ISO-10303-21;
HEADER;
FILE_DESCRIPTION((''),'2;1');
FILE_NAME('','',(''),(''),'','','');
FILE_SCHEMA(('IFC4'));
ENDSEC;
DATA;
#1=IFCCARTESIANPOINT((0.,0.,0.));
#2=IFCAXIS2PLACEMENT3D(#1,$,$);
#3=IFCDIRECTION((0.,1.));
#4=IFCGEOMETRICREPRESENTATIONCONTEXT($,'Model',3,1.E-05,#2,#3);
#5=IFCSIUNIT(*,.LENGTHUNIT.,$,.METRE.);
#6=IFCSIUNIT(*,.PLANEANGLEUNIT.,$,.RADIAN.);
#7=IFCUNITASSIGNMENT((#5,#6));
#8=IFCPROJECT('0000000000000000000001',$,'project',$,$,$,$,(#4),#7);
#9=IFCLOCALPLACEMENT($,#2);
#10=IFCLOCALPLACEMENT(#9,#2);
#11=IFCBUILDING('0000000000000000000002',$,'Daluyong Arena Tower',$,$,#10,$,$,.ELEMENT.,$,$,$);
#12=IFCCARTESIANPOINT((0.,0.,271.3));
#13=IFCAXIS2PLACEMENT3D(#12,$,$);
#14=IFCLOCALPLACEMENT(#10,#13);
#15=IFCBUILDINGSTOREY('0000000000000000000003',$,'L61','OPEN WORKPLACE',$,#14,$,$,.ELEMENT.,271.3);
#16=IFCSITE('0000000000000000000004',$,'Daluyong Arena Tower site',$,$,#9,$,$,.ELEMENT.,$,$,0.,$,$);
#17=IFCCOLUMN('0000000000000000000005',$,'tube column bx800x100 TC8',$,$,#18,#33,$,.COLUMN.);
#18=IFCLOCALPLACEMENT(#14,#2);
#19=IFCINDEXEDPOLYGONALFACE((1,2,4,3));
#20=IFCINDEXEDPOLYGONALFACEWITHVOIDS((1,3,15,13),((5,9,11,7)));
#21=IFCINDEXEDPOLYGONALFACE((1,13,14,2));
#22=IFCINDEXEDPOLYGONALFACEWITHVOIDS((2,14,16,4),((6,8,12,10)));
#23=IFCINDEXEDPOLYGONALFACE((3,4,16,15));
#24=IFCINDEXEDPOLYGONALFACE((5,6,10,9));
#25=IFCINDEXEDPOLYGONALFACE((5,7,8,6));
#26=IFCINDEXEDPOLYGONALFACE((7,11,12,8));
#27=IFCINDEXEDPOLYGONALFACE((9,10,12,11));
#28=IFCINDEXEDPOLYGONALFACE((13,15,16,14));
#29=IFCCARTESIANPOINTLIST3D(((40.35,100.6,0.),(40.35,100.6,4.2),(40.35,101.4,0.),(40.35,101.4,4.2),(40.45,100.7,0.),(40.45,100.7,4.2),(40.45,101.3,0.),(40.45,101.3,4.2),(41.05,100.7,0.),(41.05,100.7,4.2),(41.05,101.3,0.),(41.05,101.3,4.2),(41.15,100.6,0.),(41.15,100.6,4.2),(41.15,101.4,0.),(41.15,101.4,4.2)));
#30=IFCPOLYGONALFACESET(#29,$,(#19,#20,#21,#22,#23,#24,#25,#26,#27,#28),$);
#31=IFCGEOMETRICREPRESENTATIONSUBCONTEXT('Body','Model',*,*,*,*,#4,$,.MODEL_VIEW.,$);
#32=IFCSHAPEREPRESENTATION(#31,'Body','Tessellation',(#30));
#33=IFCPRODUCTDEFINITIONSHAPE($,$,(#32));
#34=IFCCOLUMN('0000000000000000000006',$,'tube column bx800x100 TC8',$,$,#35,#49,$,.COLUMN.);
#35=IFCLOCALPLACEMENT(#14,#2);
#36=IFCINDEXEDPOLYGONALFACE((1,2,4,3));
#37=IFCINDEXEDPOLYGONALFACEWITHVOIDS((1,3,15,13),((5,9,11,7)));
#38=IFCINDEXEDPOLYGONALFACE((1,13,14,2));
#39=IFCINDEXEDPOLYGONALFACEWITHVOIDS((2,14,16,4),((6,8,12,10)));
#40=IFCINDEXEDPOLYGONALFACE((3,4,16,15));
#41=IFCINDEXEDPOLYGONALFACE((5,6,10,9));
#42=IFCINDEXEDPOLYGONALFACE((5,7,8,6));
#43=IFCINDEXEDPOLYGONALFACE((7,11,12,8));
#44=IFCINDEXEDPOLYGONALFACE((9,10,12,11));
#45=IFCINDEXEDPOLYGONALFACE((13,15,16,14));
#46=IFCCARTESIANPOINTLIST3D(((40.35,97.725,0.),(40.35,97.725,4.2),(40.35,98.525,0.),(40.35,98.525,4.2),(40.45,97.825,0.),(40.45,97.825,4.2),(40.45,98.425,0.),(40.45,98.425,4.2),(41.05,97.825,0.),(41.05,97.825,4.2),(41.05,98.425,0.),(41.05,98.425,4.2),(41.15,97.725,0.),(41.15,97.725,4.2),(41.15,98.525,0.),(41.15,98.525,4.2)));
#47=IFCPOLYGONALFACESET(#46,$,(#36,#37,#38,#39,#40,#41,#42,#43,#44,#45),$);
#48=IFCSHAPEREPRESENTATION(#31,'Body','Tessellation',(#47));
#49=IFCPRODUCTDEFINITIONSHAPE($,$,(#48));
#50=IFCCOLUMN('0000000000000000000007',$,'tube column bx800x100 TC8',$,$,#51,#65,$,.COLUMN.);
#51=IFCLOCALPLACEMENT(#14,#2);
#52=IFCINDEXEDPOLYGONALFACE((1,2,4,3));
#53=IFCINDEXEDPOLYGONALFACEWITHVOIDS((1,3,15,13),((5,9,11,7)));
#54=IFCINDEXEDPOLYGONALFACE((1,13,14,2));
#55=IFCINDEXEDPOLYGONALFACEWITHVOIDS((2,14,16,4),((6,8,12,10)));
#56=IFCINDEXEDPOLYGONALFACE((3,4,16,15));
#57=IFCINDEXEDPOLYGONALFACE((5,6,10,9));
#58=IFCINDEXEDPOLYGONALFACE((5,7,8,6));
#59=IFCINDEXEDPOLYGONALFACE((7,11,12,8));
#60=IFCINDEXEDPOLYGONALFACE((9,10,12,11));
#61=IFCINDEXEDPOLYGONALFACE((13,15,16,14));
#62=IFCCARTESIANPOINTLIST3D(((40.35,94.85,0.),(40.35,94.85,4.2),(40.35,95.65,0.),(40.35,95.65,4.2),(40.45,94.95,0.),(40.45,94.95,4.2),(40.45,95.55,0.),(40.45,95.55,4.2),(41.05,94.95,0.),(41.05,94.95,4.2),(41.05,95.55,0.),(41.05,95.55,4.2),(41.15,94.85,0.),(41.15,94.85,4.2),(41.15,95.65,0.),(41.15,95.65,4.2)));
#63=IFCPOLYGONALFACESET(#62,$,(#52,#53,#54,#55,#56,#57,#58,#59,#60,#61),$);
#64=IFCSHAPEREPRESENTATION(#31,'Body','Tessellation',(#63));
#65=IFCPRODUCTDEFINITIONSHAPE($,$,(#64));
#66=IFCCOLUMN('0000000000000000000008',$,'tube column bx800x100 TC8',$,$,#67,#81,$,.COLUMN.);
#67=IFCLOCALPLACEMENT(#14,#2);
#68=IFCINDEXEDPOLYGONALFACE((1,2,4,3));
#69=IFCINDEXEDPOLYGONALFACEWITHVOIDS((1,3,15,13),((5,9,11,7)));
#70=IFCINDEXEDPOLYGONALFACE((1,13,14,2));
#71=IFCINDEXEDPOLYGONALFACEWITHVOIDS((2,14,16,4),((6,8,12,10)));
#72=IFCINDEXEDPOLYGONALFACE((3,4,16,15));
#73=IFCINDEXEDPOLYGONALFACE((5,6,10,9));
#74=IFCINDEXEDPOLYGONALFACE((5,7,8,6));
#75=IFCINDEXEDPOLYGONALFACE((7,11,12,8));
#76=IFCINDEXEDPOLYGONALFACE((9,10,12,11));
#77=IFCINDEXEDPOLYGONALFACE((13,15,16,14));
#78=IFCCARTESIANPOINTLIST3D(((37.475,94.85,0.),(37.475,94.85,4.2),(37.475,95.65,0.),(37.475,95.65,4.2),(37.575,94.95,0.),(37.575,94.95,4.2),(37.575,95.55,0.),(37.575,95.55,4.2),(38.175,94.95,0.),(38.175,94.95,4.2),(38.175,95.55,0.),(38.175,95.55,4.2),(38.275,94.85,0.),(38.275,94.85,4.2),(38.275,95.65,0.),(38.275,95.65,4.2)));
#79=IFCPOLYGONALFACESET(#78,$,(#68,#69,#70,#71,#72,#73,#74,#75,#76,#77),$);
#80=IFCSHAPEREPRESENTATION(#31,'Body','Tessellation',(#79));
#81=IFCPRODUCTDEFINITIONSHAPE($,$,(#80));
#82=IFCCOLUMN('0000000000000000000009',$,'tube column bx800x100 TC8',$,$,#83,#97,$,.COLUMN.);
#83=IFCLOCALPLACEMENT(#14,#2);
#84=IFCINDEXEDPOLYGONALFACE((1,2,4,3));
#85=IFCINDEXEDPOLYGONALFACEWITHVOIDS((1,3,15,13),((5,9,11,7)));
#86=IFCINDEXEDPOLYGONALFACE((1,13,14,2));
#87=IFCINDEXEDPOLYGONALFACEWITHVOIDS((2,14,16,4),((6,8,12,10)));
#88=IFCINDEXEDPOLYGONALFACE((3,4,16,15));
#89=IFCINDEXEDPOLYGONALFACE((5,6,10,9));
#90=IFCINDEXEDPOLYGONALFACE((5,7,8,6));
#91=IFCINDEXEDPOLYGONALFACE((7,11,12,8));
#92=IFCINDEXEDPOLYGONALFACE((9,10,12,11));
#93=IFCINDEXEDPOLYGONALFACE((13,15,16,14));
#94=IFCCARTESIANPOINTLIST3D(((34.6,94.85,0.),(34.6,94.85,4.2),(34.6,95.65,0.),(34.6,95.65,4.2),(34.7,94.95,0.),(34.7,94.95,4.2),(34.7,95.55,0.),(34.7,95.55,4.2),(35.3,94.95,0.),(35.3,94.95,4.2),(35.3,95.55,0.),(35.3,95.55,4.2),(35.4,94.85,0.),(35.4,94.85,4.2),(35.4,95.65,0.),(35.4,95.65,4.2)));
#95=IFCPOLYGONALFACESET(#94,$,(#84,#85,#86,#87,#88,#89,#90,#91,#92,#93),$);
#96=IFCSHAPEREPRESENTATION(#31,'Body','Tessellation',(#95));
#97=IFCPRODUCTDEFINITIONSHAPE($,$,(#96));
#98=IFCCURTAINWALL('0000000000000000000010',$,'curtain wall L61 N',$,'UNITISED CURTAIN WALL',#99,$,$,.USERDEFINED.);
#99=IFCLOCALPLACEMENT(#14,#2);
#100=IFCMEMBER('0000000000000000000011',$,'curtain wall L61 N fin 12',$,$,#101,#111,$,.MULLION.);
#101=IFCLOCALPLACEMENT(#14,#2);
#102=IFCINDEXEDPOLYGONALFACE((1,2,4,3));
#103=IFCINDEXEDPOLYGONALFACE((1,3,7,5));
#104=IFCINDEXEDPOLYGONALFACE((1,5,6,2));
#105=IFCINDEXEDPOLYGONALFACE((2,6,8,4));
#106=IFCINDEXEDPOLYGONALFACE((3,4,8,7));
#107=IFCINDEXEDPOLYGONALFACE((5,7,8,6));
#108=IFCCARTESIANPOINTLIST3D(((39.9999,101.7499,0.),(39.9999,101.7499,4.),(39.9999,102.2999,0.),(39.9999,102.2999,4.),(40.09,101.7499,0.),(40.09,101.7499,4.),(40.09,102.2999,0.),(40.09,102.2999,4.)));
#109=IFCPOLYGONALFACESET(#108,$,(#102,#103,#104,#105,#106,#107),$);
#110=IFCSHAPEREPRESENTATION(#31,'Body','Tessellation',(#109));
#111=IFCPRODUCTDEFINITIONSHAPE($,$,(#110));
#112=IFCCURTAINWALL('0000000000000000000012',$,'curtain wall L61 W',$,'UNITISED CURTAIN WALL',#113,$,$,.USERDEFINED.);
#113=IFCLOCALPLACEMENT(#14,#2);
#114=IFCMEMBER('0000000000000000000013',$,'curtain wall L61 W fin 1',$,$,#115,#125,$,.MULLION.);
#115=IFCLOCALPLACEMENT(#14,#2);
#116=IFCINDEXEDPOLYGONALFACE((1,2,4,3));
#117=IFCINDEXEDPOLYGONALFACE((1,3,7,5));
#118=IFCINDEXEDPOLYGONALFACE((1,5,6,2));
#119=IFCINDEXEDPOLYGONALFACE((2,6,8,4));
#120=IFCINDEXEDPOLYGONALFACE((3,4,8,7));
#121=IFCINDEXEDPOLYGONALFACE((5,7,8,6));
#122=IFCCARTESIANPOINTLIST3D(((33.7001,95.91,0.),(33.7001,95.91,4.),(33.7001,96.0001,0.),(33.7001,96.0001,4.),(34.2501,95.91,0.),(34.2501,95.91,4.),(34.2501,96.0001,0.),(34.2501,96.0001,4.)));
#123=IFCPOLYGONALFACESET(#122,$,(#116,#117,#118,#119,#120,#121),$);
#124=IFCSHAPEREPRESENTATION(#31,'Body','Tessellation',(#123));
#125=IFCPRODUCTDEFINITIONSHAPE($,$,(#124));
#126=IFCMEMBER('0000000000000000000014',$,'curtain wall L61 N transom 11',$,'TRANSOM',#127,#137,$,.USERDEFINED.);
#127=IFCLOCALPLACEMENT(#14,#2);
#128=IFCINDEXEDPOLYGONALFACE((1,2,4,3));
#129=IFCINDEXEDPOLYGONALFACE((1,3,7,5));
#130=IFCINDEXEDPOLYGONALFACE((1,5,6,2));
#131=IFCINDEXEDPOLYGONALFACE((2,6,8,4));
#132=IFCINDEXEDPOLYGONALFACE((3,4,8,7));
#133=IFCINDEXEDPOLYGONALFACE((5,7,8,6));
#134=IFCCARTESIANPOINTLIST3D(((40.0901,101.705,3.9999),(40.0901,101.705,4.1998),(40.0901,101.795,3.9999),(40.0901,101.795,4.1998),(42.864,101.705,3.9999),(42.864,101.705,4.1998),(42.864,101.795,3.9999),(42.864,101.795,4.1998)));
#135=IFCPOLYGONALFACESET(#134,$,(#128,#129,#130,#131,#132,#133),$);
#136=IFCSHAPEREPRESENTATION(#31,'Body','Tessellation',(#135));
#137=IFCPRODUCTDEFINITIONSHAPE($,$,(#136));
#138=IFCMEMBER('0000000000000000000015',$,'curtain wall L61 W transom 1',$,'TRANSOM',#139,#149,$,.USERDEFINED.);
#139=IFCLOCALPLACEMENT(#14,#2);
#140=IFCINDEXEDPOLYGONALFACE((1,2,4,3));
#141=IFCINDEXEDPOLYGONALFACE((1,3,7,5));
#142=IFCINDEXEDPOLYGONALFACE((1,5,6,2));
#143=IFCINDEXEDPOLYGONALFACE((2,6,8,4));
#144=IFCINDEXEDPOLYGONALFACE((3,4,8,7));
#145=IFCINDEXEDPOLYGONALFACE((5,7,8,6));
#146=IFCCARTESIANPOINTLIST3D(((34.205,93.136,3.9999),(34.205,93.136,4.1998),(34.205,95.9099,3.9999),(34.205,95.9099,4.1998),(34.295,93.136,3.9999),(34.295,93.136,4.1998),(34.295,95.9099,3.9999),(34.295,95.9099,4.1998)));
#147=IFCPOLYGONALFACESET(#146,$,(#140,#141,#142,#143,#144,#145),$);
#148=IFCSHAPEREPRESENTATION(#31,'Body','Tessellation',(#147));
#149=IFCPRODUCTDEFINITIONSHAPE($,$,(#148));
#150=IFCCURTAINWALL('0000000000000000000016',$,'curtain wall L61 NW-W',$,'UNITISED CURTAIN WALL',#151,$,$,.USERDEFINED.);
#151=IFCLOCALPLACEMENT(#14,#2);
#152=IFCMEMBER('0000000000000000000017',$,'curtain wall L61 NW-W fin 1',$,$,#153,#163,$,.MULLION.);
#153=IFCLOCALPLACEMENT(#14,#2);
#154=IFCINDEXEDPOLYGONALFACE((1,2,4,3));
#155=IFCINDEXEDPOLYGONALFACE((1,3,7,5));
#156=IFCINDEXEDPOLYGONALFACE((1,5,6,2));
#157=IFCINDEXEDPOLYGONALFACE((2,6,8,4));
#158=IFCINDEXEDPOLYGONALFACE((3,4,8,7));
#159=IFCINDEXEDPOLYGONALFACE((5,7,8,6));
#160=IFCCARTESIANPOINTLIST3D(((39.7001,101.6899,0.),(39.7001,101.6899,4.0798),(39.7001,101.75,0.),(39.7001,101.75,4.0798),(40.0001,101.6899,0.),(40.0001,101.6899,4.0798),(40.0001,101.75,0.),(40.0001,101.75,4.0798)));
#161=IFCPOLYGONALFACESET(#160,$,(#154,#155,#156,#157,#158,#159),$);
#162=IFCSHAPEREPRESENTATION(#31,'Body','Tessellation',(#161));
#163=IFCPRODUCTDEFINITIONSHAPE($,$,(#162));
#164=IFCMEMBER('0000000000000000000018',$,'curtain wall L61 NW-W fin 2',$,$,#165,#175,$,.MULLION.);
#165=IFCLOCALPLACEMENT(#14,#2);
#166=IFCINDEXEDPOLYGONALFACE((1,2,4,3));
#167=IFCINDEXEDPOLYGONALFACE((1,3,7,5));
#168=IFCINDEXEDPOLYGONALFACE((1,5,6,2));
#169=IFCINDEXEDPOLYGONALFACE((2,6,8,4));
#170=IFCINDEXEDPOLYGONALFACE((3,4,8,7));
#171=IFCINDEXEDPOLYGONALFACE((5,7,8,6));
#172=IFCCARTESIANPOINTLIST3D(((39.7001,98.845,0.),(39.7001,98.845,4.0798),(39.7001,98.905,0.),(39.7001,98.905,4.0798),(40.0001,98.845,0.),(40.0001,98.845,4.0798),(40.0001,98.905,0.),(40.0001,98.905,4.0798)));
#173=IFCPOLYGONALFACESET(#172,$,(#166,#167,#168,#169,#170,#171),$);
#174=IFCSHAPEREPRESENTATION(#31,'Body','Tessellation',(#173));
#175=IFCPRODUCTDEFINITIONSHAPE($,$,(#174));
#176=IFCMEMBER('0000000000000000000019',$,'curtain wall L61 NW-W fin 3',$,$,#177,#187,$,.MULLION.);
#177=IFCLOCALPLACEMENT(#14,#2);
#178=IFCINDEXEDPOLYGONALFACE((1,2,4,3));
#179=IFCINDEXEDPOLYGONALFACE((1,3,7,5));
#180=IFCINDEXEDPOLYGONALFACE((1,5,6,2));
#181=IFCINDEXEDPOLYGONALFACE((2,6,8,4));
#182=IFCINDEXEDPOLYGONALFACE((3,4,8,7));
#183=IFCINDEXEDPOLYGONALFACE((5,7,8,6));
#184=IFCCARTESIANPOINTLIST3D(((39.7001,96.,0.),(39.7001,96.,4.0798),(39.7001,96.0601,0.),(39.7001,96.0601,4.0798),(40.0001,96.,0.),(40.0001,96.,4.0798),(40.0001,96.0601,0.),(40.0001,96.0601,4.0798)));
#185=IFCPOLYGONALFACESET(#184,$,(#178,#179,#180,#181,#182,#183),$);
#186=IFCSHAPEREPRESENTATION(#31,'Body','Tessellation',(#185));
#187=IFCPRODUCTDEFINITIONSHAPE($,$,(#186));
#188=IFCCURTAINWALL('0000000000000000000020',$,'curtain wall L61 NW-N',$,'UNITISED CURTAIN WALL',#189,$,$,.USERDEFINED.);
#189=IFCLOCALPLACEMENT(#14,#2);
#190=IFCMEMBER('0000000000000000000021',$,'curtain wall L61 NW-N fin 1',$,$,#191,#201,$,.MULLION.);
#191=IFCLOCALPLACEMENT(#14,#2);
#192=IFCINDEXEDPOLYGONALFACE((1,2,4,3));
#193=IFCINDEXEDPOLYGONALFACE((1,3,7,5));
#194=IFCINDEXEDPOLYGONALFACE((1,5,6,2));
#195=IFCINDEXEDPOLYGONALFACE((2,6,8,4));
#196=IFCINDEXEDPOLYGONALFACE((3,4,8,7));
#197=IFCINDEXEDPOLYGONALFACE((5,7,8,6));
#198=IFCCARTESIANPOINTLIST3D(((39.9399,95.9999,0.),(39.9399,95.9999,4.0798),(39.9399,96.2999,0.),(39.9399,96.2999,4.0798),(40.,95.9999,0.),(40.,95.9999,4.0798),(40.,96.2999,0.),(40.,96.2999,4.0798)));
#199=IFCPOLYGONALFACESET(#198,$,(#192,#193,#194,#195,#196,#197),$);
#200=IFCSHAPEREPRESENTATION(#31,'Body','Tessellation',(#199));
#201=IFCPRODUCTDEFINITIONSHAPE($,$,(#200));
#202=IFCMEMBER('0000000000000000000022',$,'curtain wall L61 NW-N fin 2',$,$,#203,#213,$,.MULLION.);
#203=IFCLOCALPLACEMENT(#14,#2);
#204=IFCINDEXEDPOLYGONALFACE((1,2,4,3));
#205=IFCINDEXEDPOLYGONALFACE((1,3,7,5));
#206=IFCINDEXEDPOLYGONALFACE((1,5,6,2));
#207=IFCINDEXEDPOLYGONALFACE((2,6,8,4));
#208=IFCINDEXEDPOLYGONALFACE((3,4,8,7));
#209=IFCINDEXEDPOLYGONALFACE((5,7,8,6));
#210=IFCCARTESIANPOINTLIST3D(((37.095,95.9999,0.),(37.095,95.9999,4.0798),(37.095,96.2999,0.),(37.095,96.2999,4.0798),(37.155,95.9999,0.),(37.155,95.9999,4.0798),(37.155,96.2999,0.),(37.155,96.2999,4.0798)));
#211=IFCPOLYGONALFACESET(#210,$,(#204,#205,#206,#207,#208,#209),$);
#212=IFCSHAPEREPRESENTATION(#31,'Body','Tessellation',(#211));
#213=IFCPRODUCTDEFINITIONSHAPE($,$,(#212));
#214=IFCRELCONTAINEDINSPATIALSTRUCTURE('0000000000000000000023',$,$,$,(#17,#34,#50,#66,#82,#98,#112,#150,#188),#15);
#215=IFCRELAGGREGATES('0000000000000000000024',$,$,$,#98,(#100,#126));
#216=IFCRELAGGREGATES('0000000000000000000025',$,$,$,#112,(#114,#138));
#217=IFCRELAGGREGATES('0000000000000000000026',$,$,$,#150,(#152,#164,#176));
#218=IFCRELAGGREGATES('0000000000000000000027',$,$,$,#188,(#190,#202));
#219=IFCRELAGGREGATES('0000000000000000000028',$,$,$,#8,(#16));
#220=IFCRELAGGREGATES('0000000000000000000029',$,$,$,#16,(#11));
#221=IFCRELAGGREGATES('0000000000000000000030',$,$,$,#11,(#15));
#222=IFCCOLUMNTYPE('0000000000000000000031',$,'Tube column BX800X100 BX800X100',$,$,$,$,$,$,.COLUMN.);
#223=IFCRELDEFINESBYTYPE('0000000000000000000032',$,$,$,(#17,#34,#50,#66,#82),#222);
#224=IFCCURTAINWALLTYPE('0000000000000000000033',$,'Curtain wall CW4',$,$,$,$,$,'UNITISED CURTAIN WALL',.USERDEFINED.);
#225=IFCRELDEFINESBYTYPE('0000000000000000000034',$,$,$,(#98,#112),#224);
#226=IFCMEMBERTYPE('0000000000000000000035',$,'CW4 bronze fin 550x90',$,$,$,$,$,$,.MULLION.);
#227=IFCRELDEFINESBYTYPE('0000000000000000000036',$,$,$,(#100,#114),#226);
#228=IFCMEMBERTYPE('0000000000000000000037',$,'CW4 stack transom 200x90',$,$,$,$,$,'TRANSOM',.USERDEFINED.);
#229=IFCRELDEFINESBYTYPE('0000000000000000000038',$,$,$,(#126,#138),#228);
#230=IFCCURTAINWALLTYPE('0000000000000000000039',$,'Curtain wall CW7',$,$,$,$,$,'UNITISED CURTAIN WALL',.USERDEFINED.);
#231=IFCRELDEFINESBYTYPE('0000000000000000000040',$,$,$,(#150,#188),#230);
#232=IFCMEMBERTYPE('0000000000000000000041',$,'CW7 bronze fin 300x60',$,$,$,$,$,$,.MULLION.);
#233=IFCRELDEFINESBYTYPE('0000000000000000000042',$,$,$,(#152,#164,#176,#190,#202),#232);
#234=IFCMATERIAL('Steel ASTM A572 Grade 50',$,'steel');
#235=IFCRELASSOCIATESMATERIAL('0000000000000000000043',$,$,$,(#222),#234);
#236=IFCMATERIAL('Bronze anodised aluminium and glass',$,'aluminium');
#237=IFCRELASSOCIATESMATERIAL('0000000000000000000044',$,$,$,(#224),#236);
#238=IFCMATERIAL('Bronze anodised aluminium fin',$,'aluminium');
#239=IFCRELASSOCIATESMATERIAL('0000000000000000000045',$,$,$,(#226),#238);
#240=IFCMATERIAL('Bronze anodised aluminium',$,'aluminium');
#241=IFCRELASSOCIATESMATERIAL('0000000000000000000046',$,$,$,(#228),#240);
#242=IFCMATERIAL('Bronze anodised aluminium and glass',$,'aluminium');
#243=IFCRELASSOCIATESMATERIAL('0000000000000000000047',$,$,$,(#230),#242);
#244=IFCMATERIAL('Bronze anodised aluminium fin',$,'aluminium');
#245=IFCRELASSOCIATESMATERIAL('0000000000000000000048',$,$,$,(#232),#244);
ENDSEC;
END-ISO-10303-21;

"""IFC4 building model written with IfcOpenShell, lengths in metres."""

from ifc_helpers import new_model, si_unit, direction, frame, origin, origin_2d, place, context, subcontext, project, spatial, rectangle, hollow_rectangle, extrude, material, material_profile, profile_set, type_object, element, aggregate, save


model = new_model("IFC4")

# Units and contexts
model_context = context("Model", 3, precision=1e-05, world=origin(), true_north=direction((0.0, 1.0)))
body_context = subcontext(model_context, "Body", "Model", "MODEL_VIEW")
ifc_project = project(units=[si_unit("LENGTHUNIT", "METRE"), si_unit("PLANEANGLEUNIT", "RADIAN")], contexts=[model_context])

# Site, building, storey
site_placement = place(None, origin())
site = spatial("IfcSite", under=ifc_project, at=site_placement, Name="Daluyong Arena Tower site", CompositionType="ELEMENT", RefElevation=0.0)
building_placement = place(site_placement, origin())
building = spatial("IfcBuilding", under=site, at=building_placement, Name="Daluyong Arena Tower", CompositionType="ELEMENT")
storey_placement = place(building_placement, frame((0.0, 0.0, 271.3)))
storey = spatial("IfcBuildingStorey", under=building, at=storey_placement, Name="L61", Description="OPEN WORKPLACE", CompositionType="ELEMENT", Elevation=271.3)

# Columns
ifc_material_1 = material(Name="Steel ASTM A572 Grade 50", Category="steel")
ifc_material_profile_1 = material_profile(ifc_material_1, hollow_rectangle(XDim=0.8, YDim=0.8, WallThickness=0.1, at=origin_2d()))
ifc_profile_set_1 = profile_set([ifc_material_profile_1], Name="Steel ASTM A572 Grade 50")
column_type = type_object("IfcColumnType", Name="Tube column BX800X100 BX800X100", PredefinedType="COLUMN", material=ifc_profile_set_1)
for number, where, z_axis, x_axis, name in (
    (1, (40.75, 101.0, 0.0), (0.0, 0.0, 1.0), (0.0, 1.0, 0.0), "tube column bx800x100 TC8"),
    (2, (40.75, 98.125, 0.0), (0.0, 0.0, 1.0), (0.0, 1.0, 0.0), "tube column bx800x100 TC8"),
    (3, (40.75, 95.25, 0.0), (0.0, 0.0, 1.0), (1.0, 0.0, 0.0), "tube column bx800x100 TC8"),
    (4, (37.875, 95.25, 0.0), (0.0, 0.0, 1.0), (1.0, 0.0, 0.0), "tube column bx800x100 TC8"),
    (5, (35.0, 95.25, 0.0), (0.0, 0.0, 1.0), (0.0, 1.0, 0.0), "tube column bx800x100 TC8"),
):
    element("IfcColumn", number, at=place(storey_placement, frame(where, z_axis=z_axis, x_axis=x_axis)), inside=storey, type_object=column_type, Name=name, PredefinedType="COLUMN", context=body_context, shape_type="SweptSolid", body=[
        extrude(hollow_rectangle(XDim=0.8, YDim=0.8, WallThickness=0.1, at=origin_2d()), origin(), (0.0, 0.0, 1.0), 4.2),
    ])

# Curtain walls, members
ifc_material_2 = material(Name="Bronze anodised aluminium and glass", Category="aluminium")
curtain_wall_type_1 = type_object("IfcCurtainWallType", Name="Curtain wall CW4", ElementType="UNITISED CURTAIN WALL", PredefinedType="USERDEFINED", material=ifc_material_2)
curtain_wall_1_placement = place(storey_placement, origin())
curtain_wall_1 = element("IfcCurtainWall", 6, at=curtain_wall_1_placement, inside=storey, type_object=curtain_wall_type_1, Name="curtain wall L61 N", ObjectType="UNITISED CURTAIN WALL", PredefinedType="USERDEFINED")
ifc_material_3 = material(Name="Bronze anodised aluminium fin", Category="aluminium")
ifc_material_profile_2 = material_profile(ifc_material_3, rectangle(XDim=0.55, YDim=0.0901, at=origin_2d()))
ifc_profile_set_2 = profile_set([ifc_material_profile_2], Name="Bronze anodised aluminium fin")
member_type_1 = type_object("IfcMemberType", Name="CW4 bronze fin 550x90", PredefinedType="MULLION", material=ifc_profile_set_2)
member_1_placement = place(storey_placement, frame((40.0449, 102.0249, 0.0), z_axis=(0.0, 0.0, 1.0), x_axis=(0.0, -1.0, 0.0)))
member_1 = element("IfcMember", 7, at=member_1_placement, type_object=member_type_1, Name="curtain wall L61 N fin 12", PredefinedType="MULLION", context=body_context, shape_type="SweptSolid", body=[
    extrude(rectangle(XDim=0.55, YDim=0.0901, at=origin_2d()), origin(), (0.0, 0.0, 1.0), 4.0),
])
curtain_wall_2_placement = place(storey_placement, origin())
curtain_wall_2 = element("IfcCurtainWall", 8, at=curtain_wall_2_placement, inside=storey, type_object=curtain_wall_type_1, Name="curtain wall L61 W", ObjectType="UNITISED CURTAIN WALL", PredefinedType="USERDEFINED")
member_2_placement = place(storey_placement, frame((33.9751, 95.9551, 0.0), z_axis=(0.0, 0.0, 1.0), x_axis=(1.0, 0.0, 0.0)))
member_2 = element("IfcMember", 9, at=member_2_placement, type_object=member_type_1, Name="curtain wall L61 W fin 1", PredefinedType="MULLION", context=body_context, shape_type="SweptSolid", body=[
    extrude(rectangle(XDim=0.55, YDim=0.0901, at=origin_2d()), origin(), (0.0, 0.0, 1.0), 4.0),
])

# Members
ifc_material_4 = material(Name="Bronze anodised aluminium", Category="aluminium")
ifc_material_profile_3 = material_profile(ifc_material_4, rectangle(XDim=0.0901, YDim=0.2, at=origin_2d()))
ifc_profile_set_3 = profile_set([ifc_material_profile_3], Name="Bronze anodised aluminium")
member_type_2 = type_object("IfcMemberType", Name="CW4 stack transom 200x90", ElementType="TRANSOM", PredefinedType="USERDEFINED", material=ifc_profile_set_3)
member_3_placement = place(storey_placement, frame((42.864, 101.75, 4.0999), z_axis=(-1.0, 0.0, 0.0), x_axis=(0.0, -1.0, 0.0)))
member_3 = element("IfcMember", 10, at=member_3_placement, type_object=member_type_2, Name="curtain wall L61 N transom 11", ObjectType="TRANSOM", PredefinedType="USERDEFINED", context=body_context, shape_type="SweptSolid", body=[
    extrude(rectangle(XDim=0.0901, YDim=0.2, at=origin_2d()), origin(), (0.0, 0.0, 1.0), 2.7739),
])
member_4_placement = place(storey_placement, frame((34.25, 95.9099, 4.0999), z_axis=(0.0, -1.0, 0.0), x_axis=(1.0, 0.0, 0.0)))
member_4 = element("IfcMember", 11, at=member_4_placement, type_object=member_type_2, Name="curtain wall L61 W transom 1", ObjectType="TRANSOM", PredefinedType="USERDEFINED", context=body_context, shape_type="SweptSolid", body=[
    extrude(rectangle(XDim=0.0901, YDim=0.2, at=origin_2d()), origin(), (0.0, 0.0, 1.0), 2.7739),
])

# Curtain walls, members
ifc_material_5 = material(Name="Bronze anodised aluminium and glass", Category="aluminium")
curtain_wall_type_2 = type_object("IfcCurtainWallType", Name="Curtain wall CW7", ElementType="UNITISED CURTAIN WALL", PredefinedType="USERDEFINED", material=ifc_material_5)
curtain_wall_3_placement = place(storey_placement, origin())
curtain_wall_3 = element("IfcCurtainWall", 12, at=curtain_wall_3_placement, inside=storey, type_object=curtain_wall_type_2, Name="curtain wall L61 NW-W", ObjectType="UNITISED CURTAIN WALL", PredefinedType="USERDEFINED")
ifc_material_6 = material(Name="Bronze anodised aluminium fin", Category="aluminium")
ifc_material_profile_4 = material_profile(ifc_material_6, rectangle(XDim=0.3, YDim=0.0601, at=origin_2d()))
ifc_profile_set_4 = profile_set([ifc_material_profile_4], Name="Bronze anodised aluminium fin")
member_type_3 = type_object("IfcMemberType", Name="CW7 bronze fin 300x60", PredefinedType="MULLION", material=ifc_profile_set_4)
member_5_placement = place(storey_placement, frame((39.8501, 101.72, 0.0), z_axis=(0.0, 0.0, 1.0), x_axis=(1.0, 0.0, 0.0)))
member_5 = element("IfcMember", 13, at=member_5_placement, type_object=member_type_3, Name="curtain wall L61 NW-W fin 1", PredefinedType="MULLION", context=body_context, shape_type="SweptSolid", body=[
    extrude(rectangle(XDim=0.3, YDim=0.0601, at=origin_2d()), origin(), (0.0, 0.0, 1.0), 4.0798),
])
member_6_placement = place(storey_placement, frame((39.8501, 98.875, 0.0), z_axis=(0.0, 0.0, 1.0), x_axis=(1.0, 0.0, 0.0)))
member_6 = element("IfcMember", 14, at=member_6_placement, type_object=member_type_3, Name="curtain wall L61 NW-W fin 2", PredefinedType="MULLION", context=body_context, shape_type="SweptSolid", body=[
    extrude(rectangle(XDim=0.3, YDim=0.0601, at=origin_2d()), origin(), (0.0, 0.0, 1.0), 4.0798),
])
member_7_placement = place(storey_placement, frame((39.8501, 96.03, 0.0), z_axis=(0.0, 0.0, 1.0), x_axis=(1.0, 0.0, 0.0)))
member_7 = element("IfcMember", 15, at=member_7_placement, type_object=member_type_3, Name="curtain wall L61 NW-W fin 3", PredefinedType="MULLION", context=body_context, shape_type="SweptSolid", body=[
    extrude(rectangle(XDim=0.3, YDim=0.0601, at=origin_2d()), origin(), (0.0, 0.0, 1.0), 4.0798),
])
curtain_wall_4_placement = place(storey_placement, origin())
curtain_wall_4 = element("IfcCurtainWall", 16, at=curtain_wall_4_placement, inside=storey, type_object=curtain_wall_type_2, Name="curtain wall L61 NW-N", ObjectType="UNITISED CURTAIN WALL", PredefinedType="USERDEFINED")
member_8_placement = place(storey_placement, frame((39.97, 96.1499, 0.0), z_axis=(0.0, 0.0, 1.0), x_axis=(0.0, -1.0, 0.0)))
member_8 = element("IfcMember", 17, at=member_8_placement, type_object=member_type_3, Name="curtain wall L61 NW-N fin 1", PredefinedType="MULLION", context=body_context, shape_type="SweptSolid", body=[
    extrude(rectangle(XDim=0.3, YDim=0.0601, at=origin_2d()), origin(), (0.0, 0.0, 1.0), 4.0798),
])
member_9_placement = place(storey_placement, frame((37.125, 96.1499, 0.0), z_axis=(0.0, 0.0, 1.0), x_axis=(0.0, -1.0, 0.0)))
member_9 = element("IfcMember", 18, at=member_9_placement, type_object=member_type_3, Name="curtain wall L61 NW-N fin 2", PredefinedType="MULLION", context=body_context, shape_type="SweptSolid", body=[
    extrude(rectangle(XDim=0.3, YDim=0.0601, at=origin_2d()), origin(), (0.0, 0.0, 1.0), 4.0798),
])

aggregate(curtain_wall_1, [member_1, member_3])
aggregate(curtain_wall_2, [member_2, member_4])
aggregate(curtain_wall_3, [member_5, member_6, member_7])
aggregate(curtain_wall_4, [member_8, member_9])

save(model, "model.ifc")
